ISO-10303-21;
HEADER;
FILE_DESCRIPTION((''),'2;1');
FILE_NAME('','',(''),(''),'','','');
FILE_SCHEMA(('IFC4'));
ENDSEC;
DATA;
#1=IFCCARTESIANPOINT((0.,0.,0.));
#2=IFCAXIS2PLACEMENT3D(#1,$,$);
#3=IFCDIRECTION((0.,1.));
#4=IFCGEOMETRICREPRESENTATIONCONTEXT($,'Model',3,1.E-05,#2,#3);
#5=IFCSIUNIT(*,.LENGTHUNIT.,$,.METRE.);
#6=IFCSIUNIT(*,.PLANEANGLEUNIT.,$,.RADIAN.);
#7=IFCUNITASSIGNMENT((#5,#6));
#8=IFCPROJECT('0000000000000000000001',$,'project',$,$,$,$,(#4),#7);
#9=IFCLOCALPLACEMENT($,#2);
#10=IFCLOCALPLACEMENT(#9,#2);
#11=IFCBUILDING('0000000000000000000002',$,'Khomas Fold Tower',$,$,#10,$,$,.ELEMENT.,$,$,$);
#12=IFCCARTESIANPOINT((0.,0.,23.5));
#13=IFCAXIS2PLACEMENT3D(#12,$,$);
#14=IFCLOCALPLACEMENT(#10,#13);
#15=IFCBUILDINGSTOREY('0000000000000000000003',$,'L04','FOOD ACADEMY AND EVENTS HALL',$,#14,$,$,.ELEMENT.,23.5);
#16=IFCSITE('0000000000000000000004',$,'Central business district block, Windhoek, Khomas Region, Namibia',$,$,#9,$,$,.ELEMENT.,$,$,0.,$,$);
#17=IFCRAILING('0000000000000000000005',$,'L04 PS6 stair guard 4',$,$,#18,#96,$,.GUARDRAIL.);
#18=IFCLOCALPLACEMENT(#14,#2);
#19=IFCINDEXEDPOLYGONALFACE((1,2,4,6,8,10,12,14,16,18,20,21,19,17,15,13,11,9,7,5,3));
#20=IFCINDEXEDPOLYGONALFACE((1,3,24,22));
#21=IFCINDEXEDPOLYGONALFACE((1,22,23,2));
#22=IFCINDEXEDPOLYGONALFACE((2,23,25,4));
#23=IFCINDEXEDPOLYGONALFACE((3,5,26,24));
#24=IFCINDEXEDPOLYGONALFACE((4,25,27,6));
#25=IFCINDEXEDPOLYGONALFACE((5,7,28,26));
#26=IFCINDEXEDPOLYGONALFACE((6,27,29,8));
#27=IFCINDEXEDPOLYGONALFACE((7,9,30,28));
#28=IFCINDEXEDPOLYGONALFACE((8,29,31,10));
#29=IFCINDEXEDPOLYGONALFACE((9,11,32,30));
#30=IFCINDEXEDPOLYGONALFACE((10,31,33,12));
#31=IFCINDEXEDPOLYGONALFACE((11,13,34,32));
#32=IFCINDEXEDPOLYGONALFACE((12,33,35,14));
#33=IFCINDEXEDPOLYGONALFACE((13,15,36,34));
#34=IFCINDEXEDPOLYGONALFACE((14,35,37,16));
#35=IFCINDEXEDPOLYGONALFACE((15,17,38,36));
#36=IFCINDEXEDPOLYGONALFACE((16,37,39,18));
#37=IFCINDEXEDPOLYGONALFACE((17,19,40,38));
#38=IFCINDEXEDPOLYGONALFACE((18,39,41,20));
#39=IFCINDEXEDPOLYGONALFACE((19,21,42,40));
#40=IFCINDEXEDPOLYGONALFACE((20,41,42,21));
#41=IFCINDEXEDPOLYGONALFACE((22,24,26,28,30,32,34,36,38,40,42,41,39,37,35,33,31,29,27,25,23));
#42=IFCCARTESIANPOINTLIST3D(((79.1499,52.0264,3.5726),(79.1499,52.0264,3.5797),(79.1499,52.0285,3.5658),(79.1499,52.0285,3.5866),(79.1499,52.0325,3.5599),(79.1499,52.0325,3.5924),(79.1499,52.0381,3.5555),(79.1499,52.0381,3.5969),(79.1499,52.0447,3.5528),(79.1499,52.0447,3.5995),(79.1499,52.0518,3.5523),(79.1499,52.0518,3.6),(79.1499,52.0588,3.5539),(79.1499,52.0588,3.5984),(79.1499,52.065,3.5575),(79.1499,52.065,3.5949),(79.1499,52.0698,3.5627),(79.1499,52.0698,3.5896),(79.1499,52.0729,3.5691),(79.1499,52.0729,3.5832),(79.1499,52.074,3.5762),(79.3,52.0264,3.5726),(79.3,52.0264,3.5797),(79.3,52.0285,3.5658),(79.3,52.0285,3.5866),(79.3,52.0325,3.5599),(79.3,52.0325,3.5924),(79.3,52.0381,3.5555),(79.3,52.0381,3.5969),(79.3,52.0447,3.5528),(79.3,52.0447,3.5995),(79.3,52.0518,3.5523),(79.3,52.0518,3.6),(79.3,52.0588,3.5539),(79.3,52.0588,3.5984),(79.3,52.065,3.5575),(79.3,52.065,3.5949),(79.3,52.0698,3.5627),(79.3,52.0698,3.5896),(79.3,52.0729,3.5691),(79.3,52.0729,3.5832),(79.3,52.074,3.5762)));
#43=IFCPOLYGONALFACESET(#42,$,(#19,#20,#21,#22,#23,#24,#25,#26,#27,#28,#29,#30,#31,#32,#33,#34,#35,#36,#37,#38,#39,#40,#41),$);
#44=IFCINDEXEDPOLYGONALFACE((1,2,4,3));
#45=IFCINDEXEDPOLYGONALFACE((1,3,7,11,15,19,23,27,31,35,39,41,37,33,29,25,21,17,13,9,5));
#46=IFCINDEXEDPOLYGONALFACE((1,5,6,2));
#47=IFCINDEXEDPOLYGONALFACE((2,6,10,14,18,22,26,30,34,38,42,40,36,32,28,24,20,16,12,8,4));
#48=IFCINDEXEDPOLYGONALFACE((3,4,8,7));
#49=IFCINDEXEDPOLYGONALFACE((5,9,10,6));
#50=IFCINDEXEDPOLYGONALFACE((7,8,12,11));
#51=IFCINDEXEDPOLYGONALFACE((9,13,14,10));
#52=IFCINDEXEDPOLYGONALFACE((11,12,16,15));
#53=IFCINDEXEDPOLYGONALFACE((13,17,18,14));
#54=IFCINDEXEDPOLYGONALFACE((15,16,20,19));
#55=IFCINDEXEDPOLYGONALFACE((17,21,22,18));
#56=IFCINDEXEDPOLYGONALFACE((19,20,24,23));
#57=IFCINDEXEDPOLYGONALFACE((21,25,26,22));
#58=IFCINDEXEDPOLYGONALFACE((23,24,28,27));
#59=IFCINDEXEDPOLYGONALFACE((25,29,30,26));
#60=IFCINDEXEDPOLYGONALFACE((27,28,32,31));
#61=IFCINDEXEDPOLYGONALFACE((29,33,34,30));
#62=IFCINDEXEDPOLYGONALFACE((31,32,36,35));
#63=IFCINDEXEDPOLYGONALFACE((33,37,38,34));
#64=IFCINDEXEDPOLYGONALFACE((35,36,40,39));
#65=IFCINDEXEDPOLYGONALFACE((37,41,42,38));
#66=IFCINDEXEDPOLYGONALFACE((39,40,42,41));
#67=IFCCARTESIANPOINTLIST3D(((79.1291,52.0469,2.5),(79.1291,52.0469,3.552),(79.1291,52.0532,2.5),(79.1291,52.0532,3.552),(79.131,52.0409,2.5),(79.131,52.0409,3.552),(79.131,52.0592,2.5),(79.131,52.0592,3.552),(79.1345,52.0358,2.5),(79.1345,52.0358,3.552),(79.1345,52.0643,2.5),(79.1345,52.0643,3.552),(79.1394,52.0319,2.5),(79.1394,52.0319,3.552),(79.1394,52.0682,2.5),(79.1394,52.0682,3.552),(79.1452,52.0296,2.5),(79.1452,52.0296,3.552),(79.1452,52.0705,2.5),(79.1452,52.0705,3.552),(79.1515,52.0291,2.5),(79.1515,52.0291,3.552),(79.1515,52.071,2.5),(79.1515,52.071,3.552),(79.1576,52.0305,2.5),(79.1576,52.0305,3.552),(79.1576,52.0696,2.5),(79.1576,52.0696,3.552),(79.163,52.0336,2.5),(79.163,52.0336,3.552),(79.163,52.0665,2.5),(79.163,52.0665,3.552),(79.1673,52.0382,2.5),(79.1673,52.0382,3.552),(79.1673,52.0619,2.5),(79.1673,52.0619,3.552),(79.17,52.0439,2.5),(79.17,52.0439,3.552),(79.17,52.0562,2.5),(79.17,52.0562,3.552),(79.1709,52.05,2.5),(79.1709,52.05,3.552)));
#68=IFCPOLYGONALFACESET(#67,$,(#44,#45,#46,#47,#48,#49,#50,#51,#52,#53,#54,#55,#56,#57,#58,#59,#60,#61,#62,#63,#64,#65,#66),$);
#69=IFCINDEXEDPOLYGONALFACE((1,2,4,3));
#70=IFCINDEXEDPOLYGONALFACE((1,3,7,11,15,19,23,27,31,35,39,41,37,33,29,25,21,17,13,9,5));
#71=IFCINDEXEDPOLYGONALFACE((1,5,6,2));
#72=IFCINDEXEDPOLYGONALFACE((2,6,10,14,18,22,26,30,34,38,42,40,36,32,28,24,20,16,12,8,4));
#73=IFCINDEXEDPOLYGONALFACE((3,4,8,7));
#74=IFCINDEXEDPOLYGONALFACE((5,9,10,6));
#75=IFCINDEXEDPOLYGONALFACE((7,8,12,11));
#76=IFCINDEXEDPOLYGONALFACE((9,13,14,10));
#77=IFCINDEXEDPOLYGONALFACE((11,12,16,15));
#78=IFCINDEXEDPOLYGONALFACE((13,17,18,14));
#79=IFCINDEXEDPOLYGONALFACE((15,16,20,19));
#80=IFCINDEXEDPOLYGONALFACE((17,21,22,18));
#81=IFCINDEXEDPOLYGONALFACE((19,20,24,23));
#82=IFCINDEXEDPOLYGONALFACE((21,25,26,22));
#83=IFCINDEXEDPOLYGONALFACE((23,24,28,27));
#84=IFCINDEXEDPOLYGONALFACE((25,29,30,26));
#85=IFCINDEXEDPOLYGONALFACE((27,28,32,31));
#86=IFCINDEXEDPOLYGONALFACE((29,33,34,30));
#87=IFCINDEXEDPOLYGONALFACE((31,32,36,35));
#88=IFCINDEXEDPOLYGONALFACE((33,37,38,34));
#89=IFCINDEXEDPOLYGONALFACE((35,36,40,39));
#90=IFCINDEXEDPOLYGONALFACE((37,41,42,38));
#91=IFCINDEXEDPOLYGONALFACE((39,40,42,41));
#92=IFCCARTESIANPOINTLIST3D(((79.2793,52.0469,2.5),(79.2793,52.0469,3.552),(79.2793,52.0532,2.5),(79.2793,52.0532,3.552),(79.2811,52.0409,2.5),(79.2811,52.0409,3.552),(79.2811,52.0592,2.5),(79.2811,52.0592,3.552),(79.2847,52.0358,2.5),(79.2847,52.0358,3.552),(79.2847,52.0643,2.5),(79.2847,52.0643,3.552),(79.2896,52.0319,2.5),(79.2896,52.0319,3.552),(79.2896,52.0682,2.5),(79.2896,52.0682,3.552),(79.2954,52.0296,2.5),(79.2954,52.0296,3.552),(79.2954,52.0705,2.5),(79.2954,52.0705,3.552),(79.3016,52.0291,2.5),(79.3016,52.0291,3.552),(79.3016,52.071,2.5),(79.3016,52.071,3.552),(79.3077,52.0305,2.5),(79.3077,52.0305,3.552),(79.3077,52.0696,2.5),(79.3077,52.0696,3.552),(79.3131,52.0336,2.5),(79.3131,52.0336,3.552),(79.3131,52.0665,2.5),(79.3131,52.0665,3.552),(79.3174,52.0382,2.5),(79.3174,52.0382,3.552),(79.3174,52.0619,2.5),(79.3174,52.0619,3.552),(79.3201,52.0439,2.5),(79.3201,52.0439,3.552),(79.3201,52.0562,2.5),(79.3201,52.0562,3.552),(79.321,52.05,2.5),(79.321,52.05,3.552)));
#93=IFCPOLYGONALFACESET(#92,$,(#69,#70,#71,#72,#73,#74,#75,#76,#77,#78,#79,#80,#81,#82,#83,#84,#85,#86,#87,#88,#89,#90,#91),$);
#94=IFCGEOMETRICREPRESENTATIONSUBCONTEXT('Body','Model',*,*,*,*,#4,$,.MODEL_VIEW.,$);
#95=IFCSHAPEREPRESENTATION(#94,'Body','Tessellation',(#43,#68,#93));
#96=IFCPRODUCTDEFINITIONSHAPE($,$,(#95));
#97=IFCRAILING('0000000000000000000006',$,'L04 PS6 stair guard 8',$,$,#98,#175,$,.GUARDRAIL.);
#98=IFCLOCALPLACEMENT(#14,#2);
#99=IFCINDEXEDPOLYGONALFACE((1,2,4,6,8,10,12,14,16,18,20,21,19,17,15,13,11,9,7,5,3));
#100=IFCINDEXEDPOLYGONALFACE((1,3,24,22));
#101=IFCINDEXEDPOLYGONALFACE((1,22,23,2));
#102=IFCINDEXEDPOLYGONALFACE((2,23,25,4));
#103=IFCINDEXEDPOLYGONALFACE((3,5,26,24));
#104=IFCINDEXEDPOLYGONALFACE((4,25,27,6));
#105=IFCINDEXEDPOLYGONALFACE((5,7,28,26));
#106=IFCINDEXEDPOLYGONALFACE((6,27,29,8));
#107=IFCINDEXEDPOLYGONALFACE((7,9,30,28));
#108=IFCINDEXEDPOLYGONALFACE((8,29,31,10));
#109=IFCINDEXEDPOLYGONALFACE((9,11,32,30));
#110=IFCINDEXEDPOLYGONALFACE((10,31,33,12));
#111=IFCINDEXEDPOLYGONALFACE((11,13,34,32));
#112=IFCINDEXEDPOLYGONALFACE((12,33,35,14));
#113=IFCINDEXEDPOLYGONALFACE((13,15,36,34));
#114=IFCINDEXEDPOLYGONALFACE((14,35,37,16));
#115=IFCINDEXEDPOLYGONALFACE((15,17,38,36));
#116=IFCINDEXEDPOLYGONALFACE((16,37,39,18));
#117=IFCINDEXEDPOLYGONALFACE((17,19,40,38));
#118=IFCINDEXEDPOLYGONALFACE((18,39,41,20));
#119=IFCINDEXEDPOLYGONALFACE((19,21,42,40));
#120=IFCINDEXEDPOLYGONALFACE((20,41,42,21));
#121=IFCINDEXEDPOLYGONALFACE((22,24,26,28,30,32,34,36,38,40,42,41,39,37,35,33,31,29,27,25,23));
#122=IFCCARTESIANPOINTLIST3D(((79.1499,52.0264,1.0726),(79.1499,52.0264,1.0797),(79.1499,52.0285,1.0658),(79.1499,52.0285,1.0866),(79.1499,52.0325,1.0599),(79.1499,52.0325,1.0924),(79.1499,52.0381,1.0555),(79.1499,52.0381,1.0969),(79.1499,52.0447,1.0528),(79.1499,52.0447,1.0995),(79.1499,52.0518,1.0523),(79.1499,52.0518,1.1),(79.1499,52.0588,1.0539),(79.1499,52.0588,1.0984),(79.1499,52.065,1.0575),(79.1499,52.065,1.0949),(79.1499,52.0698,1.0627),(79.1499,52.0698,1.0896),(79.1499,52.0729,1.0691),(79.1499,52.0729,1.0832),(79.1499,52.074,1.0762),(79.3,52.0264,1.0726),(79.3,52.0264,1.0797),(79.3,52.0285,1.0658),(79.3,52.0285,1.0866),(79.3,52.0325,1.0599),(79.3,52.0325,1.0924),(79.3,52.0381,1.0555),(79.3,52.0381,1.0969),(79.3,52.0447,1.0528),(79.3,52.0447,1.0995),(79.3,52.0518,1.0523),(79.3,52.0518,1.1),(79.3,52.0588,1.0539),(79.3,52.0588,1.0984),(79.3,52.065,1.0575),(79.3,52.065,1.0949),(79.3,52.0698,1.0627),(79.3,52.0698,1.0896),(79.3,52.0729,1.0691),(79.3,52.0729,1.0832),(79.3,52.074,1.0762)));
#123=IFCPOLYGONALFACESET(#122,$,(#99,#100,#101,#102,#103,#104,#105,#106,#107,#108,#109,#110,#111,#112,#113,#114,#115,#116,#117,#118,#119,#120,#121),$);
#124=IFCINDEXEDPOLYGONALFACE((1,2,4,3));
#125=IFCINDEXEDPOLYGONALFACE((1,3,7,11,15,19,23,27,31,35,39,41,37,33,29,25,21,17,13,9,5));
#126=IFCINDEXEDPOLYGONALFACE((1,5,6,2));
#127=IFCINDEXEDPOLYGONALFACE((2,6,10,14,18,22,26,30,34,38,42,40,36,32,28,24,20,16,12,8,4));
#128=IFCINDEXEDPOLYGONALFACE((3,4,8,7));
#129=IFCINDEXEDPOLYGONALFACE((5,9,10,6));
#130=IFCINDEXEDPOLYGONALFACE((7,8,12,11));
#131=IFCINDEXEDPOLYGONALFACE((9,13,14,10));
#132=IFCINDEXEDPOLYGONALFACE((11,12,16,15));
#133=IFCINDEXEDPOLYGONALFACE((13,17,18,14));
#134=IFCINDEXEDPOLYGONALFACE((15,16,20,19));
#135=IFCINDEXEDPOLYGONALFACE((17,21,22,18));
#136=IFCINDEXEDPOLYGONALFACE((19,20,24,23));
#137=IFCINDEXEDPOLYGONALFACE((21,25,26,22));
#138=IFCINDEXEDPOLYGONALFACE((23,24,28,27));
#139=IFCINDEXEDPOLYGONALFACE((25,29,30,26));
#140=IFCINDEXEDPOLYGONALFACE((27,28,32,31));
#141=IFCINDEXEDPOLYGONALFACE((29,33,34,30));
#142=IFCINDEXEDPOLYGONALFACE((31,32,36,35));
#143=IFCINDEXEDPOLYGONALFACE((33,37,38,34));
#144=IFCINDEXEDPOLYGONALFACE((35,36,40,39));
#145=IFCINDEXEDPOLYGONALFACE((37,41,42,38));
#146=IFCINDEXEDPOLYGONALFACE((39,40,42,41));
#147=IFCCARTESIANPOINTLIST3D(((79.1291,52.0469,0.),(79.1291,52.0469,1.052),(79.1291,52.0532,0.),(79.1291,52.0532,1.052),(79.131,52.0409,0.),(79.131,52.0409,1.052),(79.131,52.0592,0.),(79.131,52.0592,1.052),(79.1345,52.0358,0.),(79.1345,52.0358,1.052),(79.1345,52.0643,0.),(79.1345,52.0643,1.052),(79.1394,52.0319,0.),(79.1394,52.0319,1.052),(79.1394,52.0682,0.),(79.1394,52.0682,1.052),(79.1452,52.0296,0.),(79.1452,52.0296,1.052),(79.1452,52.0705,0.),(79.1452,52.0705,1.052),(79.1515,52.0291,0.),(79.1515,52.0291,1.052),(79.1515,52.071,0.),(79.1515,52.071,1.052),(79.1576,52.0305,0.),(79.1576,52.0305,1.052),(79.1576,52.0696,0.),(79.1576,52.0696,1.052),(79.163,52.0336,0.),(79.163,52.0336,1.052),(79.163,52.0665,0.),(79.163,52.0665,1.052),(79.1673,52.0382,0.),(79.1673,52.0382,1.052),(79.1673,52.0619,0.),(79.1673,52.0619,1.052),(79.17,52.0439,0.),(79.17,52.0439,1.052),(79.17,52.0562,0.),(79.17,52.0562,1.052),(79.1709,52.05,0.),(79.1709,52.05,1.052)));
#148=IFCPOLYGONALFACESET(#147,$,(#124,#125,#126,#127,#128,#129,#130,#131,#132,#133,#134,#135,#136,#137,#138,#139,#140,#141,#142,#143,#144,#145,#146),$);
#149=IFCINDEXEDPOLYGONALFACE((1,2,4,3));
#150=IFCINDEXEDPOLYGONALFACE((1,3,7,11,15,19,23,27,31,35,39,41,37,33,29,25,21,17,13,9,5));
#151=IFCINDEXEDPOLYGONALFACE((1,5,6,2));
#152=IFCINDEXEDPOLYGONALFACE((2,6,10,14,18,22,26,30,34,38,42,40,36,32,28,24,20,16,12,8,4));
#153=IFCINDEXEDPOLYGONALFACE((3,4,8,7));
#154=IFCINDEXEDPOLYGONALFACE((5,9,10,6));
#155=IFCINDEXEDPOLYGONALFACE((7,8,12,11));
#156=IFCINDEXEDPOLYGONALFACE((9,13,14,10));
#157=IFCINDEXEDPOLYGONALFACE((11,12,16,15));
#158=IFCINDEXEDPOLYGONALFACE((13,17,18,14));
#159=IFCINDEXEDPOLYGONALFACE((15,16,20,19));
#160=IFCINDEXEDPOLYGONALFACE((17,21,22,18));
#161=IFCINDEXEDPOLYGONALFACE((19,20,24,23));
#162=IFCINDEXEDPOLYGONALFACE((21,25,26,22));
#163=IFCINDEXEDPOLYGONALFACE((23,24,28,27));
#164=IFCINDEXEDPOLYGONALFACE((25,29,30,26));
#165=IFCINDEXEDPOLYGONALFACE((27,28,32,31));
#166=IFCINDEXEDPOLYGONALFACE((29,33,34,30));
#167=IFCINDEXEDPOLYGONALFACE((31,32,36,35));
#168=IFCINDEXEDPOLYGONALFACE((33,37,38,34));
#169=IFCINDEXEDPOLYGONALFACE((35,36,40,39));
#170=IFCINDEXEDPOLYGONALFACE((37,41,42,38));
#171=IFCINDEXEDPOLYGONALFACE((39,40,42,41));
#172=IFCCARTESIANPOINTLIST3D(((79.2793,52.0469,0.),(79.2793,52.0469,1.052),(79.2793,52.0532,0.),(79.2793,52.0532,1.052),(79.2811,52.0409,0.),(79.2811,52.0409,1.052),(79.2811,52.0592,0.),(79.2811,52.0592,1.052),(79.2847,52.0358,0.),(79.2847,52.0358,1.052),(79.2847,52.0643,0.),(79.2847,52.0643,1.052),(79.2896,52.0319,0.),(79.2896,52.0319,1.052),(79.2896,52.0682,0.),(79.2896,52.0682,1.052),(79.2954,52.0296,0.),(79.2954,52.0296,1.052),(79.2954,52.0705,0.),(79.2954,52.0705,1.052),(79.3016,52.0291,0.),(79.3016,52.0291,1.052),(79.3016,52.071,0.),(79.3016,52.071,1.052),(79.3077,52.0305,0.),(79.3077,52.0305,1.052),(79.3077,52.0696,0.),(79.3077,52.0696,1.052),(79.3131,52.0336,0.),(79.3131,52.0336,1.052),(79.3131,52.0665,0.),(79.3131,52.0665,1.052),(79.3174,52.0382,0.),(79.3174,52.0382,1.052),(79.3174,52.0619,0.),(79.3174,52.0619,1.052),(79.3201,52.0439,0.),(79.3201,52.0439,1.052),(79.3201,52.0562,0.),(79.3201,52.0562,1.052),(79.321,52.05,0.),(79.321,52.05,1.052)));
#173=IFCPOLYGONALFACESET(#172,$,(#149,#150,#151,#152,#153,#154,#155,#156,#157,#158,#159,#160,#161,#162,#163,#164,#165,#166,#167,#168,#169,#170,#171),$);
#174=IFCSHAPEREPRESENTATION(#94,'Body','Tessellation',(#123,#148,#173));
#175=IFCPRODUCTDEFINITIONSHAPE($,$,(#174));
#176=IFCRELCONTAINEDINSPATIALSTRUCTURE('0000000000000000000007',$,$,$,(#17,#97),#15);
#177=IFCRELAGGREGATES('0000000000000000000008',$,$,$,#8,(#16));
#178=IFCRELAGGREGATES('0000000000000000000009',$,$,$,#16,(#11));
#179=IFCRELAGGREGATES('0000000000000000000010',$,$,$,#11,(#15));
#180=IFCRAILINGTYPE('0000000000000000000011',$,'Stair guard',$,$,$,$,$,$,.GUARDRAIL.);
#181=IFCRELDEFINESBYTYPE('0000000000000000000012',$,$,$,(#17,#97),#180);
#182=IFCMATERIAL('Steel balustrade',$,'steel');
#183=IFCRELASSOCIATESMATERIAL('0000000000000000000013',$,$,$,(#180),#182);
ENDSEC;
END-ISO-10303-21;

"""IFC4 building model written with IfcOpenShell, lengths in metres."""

from ifc_helpers import new_model, si_unit, direction, frame, origin, origin_2d, place, context, subcontext, project, spatial, circle, extrude, source, transform, mapped, material, type_object, element, save


model = new_model("IFC4")

# Units and contexts
model_context = context("Model", 3, precision=1e-05, world=origin(), true_north=direction((0.0, 1.0)))
body_context = subcontext(model_context, "Body", "Model", "MODEL_VIEW")
ifc_project = project(units=[si_unit("LENGTHUNIT", "METRE"), si_unit("PLANEANGLEUNIT", "RADIAN")], contexts=[model_context])

# Site, building, storey
site_placement = place(None, origin())
site = spatial("IfcSite", under=ifc_project, at=site_placement, Name="Central business district block, Windhoek, Khomas Region, Namibia", CompositionType="ELEMENT", RefElevation=0.0)
building_placement = place(site_placement, origin())
building = spatial("IfcBuilding", under=site, at=building_placement, Name="Khomas Fold Tower", CompositionType="ELEMENT")
storey_placement = place(building_placement, frame((0.0, 0.0, 23.5)))
storey = spatial("IfcBuildingStorey", under=building, at=storey_placement, Name="L04", Description="FOOD ACADEMY AND EVENTS HALL", CompositionType="ELEMENT", Elevation=23.5)

# Railings
ifc_material_1 = material(Name="Steel balustrade", Category="steel")
railing_type_1 = type_object("IfcRailingType", Name="Stair guard", PredefinedType="GUARDRAIL", material=ifc_material_1)
shared_shape_1 = source(origin(), body_context, "Body", "SweptSolid", [
    extrude(circle(Radius=0.0239, at=origin_2d()), frame((0.0, 0.0, 1.0762), z_axis=(1.0, 0.0, 0.0), x_axis=(0.0, 1.0, 0.0)), (0.0, 0.0, 1.0), 0.1501),
    extrude(circle(Radius=0.021, at=origin_2d()), origin(), (0.0, 0.0, 1.0), 1.052),
    extrude(circle(Radius=0.021, at=origin_2d()), frame((0.1501, 0.0, 0.0)), (0.0, 0.0, 1.0), 1.052),
])
for number, where, name in (
    (1, (79.1499, 52.05, 2.5), "L04 PS6 stair guard 4"),
    (2, (79.1499, 52.05, 0.0), "L04 PS6 stair guard 8"),
):
    element("IfcRailing", number, at=place(storey_placement, frame(where)), inside=storey, type_object=railing_type_1, Name=name, PredefinedType="GUARDRAIL", context=body_context, shape_type="MappedRepresentation", body=[
        mapped(shared_shape_1, transform((0.0, 0.0, 0.0))),
    ])

save(model, "model.ifc")
